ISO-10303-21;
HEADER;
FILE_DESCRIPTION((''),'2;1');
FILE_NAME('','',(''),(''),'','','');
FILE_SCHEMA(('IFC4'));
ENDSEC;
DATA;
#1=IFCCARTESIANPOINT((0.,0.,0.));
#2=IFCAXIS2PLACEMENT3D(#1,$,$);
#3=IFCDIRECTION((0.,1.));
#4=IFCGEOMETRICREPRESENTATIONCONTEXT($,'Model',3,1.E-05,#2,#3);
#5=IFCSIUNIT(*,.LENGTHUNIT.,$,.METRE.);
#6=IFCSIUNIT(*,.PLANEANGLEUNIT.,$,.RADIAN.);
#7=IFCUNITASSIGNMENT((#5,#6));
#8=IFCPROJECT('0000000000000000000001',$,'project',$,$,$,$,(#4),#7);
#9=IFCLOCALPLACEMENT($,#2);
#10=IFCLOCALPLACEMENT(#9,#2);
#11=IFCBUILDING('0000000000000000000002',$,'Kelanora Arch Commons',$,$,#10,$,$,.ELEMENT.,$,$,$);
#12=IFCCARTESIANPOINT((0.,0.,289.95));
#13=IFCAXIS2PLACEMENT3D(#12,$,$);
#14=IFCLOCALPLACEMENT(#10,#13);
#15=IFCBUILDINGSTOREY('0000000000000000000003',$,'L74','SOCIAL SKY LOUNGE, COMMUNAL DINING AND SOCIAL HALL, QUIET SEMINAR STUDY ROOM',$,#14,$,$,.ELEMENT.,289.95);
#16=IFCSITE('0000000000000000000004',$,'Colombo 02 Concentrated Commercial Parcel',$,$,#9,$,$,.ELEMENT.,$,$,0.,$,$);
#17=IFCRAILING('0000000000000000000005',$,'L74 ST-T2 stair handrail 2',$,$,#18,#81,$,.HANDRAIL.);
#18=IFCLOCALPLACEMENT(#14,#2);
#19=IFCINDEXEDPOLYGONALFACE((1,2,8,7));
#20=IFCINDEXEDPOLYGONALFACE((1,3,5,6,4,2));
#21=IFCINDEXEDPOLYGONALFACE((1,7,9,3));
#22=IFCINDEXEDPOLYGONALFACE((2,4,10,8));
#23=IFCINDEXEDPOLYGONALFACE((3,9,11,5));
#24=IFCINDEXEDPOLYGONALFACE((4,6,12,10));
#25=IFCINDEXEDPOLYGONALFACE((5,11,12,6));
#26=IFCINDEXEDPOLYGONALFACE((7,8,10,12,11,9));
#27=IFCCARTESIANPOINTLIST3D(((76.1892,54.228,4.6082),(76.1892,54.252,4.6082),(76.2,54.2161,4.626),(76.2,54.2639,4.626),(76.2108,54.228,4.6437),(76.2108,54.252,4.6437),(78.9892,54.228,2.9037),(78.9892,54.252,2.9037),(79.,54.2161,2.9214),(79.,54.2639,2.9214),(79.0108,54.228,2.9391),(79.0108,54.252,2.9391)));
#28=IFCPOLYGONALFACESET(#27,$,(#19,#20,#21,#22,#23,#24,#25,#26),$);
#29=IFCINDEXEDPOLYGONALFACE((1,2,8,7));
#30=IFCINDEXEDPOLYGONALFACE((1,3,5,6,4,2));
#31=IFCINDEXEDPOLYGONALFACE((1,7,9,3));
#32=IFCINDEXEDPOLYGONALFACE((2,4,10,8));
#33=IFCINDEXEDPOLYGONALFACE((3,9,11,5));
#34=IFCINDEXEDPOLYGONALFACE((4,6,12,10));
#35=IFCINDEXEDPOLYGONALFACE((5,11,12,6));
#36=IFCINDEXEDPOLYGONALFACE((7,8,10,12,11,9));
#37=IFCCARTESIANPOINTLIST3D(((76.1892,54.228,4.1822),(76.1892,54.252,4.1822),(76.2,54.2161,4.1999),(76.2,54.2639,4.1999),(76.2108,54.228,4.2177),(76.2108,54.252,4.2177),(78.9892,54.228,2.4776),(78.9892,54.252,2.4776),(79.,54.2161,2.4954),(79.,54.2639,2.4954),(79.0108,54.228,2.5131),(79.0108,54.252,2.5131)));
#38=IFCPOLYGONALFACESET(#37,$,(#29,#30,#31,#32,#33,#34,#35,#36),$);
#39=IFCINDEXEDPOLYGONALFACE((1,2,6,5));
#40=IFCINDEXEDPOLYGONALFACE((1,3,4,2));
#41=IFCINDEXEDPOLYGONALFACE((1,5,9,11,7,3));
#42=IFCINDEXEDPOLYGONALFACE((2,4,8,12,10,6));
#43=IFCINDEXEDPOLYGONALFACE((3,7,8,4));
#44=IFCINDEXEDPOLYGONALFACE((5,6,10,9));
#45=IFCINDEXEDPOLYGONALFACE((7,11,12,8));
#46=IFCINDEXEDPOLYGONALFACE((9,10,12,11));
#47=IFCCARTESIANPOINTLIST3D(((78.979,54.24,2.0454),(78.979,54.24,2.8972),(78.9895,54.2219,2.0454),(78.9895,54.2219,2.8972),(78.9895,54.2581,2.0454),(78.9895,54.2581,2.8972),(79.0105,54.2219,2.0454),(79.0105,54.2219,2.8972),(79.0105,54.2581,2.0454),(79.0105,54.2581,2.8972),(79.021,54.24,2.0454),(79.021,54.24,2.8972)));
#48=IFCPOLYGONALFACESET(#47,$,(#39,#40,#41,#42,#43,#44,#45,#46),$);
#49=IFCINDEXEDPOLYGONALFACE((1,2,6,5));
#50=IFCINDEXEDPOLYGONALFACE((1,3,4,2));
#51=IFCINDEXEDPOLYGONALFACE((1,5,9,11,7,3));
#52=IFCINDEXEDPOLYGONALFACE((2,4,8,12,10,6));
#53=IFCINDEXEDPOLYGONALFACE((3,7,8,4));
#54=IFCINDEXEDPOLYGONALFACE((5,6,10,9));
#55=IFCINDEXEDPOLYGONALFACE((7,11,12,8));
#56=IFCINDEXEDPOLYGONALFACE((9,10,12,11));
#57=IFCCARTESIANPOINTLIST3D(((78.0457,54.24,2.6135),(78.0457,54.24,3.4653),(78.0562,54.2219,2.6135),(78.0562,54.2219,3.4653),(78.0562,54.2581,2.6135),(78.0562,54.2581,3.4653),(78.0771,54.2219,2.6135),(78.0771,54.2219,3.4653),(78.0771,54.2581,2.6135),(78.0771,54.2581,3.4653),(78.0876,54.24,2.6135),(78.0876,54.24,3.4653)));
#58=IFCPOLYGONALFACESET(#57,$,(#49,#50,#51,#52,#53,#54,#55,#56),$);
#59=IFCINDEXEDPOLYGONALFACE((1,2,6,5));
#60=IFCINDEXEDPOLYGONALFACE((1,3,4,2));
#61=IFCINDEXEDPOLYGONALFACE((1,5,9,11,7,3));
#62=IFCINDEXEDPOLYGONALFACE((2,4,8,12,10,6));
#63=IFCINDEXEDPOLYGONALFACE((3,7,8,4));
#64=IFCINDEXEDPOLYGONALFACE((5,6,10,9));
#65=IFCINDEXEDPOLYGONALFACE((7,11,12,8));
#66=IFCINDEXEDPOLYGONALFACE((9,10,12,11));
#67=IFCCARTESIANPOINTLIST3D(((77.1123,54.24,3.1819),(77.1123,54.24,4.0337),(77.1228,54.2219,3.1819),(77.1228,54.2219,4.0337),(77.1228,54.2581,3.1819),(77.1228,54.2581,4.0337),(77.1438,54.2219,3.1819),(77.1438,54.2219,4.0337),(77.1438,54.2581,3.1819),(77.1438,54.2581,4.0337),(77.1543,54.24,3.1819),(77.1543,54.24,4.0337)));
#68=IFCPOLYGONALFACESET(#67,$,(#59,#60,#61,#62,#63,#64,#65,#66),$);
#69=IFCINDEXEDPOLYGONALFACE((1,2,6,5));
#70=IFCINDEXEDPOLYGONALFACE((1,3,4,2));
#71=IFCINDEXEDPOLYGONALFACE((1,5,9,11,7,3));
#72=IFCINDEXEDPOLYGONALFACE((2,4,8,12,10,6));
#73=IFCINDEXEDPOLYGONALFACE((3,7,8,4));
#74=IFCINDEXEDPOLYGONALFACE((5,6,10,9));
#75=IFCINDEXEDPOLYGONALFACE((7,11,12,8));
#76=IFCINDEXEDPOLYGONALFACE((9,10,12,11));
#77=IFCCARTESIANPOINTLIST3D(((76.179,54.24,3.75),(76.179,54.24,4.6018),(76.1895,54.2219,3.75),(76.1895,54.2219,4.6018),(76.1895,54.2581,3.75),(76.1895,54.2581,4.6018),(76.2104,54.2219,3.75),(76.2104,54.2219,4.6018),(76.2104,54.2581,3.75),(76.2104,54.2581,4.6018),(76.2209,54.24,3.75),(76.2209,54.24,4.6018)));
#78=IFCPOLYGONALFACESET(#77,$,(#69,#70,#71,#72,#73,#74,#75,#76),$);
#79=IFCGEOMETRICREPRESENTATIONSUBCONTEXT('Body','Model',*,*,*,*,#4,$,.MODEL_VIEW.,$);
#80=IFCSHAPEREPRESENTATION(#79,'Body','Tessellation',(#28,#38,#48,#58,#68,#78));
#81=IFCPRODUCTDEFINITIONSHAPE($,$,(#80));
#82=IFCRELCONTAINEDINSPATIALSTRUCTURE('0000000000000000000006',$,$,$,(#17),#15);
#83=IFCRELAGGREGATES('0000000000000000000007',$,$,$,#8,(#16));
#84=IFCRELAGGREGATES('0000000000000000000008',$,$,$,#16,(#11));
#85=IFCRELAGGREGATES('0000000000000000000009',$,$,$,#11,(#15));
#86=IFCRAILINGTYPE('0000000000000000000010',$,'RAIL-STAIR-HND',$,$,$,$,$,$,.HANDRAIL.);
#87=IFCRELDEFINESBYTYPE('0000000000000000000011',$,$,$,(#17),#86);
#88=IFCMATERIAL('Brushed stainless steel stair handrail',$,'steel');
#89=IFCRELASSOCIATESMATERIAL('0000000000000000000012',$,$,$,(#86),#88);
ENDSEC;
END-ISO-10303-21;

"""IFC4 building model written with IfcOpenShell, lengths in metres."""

from ifc_helpers import new_model, si_unit, direction, frame, origin, place, context, subcontext, project, spatial, polyline, outline, extrude, material, type_object, element, save


model = new_model("IFC4")

# Units and contexts
model_context = context("Model", 3, precision=1e-05, world=origin(), true_north=direction((0.0, 1.0)))
body_context = subcontext(model_context, "Body", "Model", "MODEL_VIEW")
ifc_project = project(units=[si_unit("LENGTHUNIT", "METRE"), si_unit("PLANEANGLEUNIT", "RADIAN")], contexts=[model_context])

# Site, building, storey
site_placement = place(None, origin())
site = spatial("IfcSite", under=ifc_project, at=site_placement, Name="Colombo 02 Concentrated Commercial Parcel", CompositionType="ELEMENT", RefElevation=0.0)
building_placement = place(site_placement, origin())
building = spatial("IfcBuilding", under=site, at=building_placement, Name="Kelanora Arch Commons", CompositionType="ELEMENT")
storey_placement = place(building_placement, frame((0.0, 0.0, 289.95)))
storey = spatial("IfcBuildingStorey", under=building, at=storey_placement, Name="L74", Description="SOCIAL SKY LOUNGE, COMMUNAL DINING AND SOCIAL HALL, QUIET SEMINAR STUDY ROOM", CompositionType="ELEMENT", Elevation=289.95)

# Railing
ifc_material_1 = material(Name="Brushed stainless steel stair handrail", Category="steel")
railing_type_1 = type_object("IfcRailingType", Name="RAIL-STAIR-HND", PredefinedType="HANDRAIL", material=ifc_material_1)
railing_1_placement = place(storey_placement, frame((79.0, 54.24, 2.0454)))
element("IfcRailing", 1, at=railing_1_placement, inside=storey, type_object=railing_type_1, Name="L74 ST-T2 stair handrail 2", PredefinedType="HANDRAIL", context=body_context, shape_type="SweptSolid", body=[
    extrude(outline(polyline([(0.0239, 0.0), (0.012, 0.0208), (-0.012, 0.0208), (-0.0239, 0.0), (-0.012, -0.0208), (0.012, -0.0208), (0.0239, 0.0)])), frame((0.0, 0.0, 0.876), z_axis=(-0.85417, 0.0, 0.519994), x_axis=(0.0, -1.0, 0.0)), (0.0, 0.0, 1.0), 3.2781),
    extrude(outline(polyline([(0.0239, 0.0), (0.012, 0.0208), (-0.012, 0.0208), (-0.0239, 0.0), (-0.012, -0.0208), (0.012, -0.0208), (0.0239, 0.0)])), frame((0.0, 0.0, 0.45), z_axis=(-0.85417, 0.0, 0.519994), x_axis=(0.0, -1.0, 0.0)), (0.0, 0.0, 1.0), 3.2781),
    extrude(outline(polyline([(0.021, 0.0), (0.0105, 0.0181), (-0.0105, 0.0181), (-0.021, 0.0), (-0.0105, -0.0181), (0.0105, -0.0181), (0.021, 0.0)])), origin(), (0.0, 0.0, 1.0), 0.8518),
    extrude(outline(polyline([(0.021, 0.0), (0.0105, 0.0181), (-0.0105, 0.0181), (-0.021, 0.0), (-0.0105, -0.0181), (0.0105, -0.0181), (0.021, 0.0)])), frame((-0.9333, 0.0, 0.5681)), (0.0, 0.0, 1.0), 0.8518),
    extrude(outline(polyline([(0.021, 0.0), (0.0105, 0.0181), (-0.0105, 0.0181), (-0.021, 0.0), (-0.0105, -0.0181), (0.0105, -0.0181), (0.021, 0.0)])), frame((-1.8667, 0.0, 1.1365)), (0.0, 0.0, 1.0), 0.8518),
    extrude(outline(polyline([(0.021, 0.0), (0.0105, 0.0181), (-0.0105, 0.0181), (-0.021, 0.0), (-0.0105, -0.0181), (0.0105, -0.0181), (0.021, 0.0)])), frame((-2.8, 0.0, 1.7046)), (0.0, 0.0, 1.0), 0.8518),
])

save(model, "model.ifc")
